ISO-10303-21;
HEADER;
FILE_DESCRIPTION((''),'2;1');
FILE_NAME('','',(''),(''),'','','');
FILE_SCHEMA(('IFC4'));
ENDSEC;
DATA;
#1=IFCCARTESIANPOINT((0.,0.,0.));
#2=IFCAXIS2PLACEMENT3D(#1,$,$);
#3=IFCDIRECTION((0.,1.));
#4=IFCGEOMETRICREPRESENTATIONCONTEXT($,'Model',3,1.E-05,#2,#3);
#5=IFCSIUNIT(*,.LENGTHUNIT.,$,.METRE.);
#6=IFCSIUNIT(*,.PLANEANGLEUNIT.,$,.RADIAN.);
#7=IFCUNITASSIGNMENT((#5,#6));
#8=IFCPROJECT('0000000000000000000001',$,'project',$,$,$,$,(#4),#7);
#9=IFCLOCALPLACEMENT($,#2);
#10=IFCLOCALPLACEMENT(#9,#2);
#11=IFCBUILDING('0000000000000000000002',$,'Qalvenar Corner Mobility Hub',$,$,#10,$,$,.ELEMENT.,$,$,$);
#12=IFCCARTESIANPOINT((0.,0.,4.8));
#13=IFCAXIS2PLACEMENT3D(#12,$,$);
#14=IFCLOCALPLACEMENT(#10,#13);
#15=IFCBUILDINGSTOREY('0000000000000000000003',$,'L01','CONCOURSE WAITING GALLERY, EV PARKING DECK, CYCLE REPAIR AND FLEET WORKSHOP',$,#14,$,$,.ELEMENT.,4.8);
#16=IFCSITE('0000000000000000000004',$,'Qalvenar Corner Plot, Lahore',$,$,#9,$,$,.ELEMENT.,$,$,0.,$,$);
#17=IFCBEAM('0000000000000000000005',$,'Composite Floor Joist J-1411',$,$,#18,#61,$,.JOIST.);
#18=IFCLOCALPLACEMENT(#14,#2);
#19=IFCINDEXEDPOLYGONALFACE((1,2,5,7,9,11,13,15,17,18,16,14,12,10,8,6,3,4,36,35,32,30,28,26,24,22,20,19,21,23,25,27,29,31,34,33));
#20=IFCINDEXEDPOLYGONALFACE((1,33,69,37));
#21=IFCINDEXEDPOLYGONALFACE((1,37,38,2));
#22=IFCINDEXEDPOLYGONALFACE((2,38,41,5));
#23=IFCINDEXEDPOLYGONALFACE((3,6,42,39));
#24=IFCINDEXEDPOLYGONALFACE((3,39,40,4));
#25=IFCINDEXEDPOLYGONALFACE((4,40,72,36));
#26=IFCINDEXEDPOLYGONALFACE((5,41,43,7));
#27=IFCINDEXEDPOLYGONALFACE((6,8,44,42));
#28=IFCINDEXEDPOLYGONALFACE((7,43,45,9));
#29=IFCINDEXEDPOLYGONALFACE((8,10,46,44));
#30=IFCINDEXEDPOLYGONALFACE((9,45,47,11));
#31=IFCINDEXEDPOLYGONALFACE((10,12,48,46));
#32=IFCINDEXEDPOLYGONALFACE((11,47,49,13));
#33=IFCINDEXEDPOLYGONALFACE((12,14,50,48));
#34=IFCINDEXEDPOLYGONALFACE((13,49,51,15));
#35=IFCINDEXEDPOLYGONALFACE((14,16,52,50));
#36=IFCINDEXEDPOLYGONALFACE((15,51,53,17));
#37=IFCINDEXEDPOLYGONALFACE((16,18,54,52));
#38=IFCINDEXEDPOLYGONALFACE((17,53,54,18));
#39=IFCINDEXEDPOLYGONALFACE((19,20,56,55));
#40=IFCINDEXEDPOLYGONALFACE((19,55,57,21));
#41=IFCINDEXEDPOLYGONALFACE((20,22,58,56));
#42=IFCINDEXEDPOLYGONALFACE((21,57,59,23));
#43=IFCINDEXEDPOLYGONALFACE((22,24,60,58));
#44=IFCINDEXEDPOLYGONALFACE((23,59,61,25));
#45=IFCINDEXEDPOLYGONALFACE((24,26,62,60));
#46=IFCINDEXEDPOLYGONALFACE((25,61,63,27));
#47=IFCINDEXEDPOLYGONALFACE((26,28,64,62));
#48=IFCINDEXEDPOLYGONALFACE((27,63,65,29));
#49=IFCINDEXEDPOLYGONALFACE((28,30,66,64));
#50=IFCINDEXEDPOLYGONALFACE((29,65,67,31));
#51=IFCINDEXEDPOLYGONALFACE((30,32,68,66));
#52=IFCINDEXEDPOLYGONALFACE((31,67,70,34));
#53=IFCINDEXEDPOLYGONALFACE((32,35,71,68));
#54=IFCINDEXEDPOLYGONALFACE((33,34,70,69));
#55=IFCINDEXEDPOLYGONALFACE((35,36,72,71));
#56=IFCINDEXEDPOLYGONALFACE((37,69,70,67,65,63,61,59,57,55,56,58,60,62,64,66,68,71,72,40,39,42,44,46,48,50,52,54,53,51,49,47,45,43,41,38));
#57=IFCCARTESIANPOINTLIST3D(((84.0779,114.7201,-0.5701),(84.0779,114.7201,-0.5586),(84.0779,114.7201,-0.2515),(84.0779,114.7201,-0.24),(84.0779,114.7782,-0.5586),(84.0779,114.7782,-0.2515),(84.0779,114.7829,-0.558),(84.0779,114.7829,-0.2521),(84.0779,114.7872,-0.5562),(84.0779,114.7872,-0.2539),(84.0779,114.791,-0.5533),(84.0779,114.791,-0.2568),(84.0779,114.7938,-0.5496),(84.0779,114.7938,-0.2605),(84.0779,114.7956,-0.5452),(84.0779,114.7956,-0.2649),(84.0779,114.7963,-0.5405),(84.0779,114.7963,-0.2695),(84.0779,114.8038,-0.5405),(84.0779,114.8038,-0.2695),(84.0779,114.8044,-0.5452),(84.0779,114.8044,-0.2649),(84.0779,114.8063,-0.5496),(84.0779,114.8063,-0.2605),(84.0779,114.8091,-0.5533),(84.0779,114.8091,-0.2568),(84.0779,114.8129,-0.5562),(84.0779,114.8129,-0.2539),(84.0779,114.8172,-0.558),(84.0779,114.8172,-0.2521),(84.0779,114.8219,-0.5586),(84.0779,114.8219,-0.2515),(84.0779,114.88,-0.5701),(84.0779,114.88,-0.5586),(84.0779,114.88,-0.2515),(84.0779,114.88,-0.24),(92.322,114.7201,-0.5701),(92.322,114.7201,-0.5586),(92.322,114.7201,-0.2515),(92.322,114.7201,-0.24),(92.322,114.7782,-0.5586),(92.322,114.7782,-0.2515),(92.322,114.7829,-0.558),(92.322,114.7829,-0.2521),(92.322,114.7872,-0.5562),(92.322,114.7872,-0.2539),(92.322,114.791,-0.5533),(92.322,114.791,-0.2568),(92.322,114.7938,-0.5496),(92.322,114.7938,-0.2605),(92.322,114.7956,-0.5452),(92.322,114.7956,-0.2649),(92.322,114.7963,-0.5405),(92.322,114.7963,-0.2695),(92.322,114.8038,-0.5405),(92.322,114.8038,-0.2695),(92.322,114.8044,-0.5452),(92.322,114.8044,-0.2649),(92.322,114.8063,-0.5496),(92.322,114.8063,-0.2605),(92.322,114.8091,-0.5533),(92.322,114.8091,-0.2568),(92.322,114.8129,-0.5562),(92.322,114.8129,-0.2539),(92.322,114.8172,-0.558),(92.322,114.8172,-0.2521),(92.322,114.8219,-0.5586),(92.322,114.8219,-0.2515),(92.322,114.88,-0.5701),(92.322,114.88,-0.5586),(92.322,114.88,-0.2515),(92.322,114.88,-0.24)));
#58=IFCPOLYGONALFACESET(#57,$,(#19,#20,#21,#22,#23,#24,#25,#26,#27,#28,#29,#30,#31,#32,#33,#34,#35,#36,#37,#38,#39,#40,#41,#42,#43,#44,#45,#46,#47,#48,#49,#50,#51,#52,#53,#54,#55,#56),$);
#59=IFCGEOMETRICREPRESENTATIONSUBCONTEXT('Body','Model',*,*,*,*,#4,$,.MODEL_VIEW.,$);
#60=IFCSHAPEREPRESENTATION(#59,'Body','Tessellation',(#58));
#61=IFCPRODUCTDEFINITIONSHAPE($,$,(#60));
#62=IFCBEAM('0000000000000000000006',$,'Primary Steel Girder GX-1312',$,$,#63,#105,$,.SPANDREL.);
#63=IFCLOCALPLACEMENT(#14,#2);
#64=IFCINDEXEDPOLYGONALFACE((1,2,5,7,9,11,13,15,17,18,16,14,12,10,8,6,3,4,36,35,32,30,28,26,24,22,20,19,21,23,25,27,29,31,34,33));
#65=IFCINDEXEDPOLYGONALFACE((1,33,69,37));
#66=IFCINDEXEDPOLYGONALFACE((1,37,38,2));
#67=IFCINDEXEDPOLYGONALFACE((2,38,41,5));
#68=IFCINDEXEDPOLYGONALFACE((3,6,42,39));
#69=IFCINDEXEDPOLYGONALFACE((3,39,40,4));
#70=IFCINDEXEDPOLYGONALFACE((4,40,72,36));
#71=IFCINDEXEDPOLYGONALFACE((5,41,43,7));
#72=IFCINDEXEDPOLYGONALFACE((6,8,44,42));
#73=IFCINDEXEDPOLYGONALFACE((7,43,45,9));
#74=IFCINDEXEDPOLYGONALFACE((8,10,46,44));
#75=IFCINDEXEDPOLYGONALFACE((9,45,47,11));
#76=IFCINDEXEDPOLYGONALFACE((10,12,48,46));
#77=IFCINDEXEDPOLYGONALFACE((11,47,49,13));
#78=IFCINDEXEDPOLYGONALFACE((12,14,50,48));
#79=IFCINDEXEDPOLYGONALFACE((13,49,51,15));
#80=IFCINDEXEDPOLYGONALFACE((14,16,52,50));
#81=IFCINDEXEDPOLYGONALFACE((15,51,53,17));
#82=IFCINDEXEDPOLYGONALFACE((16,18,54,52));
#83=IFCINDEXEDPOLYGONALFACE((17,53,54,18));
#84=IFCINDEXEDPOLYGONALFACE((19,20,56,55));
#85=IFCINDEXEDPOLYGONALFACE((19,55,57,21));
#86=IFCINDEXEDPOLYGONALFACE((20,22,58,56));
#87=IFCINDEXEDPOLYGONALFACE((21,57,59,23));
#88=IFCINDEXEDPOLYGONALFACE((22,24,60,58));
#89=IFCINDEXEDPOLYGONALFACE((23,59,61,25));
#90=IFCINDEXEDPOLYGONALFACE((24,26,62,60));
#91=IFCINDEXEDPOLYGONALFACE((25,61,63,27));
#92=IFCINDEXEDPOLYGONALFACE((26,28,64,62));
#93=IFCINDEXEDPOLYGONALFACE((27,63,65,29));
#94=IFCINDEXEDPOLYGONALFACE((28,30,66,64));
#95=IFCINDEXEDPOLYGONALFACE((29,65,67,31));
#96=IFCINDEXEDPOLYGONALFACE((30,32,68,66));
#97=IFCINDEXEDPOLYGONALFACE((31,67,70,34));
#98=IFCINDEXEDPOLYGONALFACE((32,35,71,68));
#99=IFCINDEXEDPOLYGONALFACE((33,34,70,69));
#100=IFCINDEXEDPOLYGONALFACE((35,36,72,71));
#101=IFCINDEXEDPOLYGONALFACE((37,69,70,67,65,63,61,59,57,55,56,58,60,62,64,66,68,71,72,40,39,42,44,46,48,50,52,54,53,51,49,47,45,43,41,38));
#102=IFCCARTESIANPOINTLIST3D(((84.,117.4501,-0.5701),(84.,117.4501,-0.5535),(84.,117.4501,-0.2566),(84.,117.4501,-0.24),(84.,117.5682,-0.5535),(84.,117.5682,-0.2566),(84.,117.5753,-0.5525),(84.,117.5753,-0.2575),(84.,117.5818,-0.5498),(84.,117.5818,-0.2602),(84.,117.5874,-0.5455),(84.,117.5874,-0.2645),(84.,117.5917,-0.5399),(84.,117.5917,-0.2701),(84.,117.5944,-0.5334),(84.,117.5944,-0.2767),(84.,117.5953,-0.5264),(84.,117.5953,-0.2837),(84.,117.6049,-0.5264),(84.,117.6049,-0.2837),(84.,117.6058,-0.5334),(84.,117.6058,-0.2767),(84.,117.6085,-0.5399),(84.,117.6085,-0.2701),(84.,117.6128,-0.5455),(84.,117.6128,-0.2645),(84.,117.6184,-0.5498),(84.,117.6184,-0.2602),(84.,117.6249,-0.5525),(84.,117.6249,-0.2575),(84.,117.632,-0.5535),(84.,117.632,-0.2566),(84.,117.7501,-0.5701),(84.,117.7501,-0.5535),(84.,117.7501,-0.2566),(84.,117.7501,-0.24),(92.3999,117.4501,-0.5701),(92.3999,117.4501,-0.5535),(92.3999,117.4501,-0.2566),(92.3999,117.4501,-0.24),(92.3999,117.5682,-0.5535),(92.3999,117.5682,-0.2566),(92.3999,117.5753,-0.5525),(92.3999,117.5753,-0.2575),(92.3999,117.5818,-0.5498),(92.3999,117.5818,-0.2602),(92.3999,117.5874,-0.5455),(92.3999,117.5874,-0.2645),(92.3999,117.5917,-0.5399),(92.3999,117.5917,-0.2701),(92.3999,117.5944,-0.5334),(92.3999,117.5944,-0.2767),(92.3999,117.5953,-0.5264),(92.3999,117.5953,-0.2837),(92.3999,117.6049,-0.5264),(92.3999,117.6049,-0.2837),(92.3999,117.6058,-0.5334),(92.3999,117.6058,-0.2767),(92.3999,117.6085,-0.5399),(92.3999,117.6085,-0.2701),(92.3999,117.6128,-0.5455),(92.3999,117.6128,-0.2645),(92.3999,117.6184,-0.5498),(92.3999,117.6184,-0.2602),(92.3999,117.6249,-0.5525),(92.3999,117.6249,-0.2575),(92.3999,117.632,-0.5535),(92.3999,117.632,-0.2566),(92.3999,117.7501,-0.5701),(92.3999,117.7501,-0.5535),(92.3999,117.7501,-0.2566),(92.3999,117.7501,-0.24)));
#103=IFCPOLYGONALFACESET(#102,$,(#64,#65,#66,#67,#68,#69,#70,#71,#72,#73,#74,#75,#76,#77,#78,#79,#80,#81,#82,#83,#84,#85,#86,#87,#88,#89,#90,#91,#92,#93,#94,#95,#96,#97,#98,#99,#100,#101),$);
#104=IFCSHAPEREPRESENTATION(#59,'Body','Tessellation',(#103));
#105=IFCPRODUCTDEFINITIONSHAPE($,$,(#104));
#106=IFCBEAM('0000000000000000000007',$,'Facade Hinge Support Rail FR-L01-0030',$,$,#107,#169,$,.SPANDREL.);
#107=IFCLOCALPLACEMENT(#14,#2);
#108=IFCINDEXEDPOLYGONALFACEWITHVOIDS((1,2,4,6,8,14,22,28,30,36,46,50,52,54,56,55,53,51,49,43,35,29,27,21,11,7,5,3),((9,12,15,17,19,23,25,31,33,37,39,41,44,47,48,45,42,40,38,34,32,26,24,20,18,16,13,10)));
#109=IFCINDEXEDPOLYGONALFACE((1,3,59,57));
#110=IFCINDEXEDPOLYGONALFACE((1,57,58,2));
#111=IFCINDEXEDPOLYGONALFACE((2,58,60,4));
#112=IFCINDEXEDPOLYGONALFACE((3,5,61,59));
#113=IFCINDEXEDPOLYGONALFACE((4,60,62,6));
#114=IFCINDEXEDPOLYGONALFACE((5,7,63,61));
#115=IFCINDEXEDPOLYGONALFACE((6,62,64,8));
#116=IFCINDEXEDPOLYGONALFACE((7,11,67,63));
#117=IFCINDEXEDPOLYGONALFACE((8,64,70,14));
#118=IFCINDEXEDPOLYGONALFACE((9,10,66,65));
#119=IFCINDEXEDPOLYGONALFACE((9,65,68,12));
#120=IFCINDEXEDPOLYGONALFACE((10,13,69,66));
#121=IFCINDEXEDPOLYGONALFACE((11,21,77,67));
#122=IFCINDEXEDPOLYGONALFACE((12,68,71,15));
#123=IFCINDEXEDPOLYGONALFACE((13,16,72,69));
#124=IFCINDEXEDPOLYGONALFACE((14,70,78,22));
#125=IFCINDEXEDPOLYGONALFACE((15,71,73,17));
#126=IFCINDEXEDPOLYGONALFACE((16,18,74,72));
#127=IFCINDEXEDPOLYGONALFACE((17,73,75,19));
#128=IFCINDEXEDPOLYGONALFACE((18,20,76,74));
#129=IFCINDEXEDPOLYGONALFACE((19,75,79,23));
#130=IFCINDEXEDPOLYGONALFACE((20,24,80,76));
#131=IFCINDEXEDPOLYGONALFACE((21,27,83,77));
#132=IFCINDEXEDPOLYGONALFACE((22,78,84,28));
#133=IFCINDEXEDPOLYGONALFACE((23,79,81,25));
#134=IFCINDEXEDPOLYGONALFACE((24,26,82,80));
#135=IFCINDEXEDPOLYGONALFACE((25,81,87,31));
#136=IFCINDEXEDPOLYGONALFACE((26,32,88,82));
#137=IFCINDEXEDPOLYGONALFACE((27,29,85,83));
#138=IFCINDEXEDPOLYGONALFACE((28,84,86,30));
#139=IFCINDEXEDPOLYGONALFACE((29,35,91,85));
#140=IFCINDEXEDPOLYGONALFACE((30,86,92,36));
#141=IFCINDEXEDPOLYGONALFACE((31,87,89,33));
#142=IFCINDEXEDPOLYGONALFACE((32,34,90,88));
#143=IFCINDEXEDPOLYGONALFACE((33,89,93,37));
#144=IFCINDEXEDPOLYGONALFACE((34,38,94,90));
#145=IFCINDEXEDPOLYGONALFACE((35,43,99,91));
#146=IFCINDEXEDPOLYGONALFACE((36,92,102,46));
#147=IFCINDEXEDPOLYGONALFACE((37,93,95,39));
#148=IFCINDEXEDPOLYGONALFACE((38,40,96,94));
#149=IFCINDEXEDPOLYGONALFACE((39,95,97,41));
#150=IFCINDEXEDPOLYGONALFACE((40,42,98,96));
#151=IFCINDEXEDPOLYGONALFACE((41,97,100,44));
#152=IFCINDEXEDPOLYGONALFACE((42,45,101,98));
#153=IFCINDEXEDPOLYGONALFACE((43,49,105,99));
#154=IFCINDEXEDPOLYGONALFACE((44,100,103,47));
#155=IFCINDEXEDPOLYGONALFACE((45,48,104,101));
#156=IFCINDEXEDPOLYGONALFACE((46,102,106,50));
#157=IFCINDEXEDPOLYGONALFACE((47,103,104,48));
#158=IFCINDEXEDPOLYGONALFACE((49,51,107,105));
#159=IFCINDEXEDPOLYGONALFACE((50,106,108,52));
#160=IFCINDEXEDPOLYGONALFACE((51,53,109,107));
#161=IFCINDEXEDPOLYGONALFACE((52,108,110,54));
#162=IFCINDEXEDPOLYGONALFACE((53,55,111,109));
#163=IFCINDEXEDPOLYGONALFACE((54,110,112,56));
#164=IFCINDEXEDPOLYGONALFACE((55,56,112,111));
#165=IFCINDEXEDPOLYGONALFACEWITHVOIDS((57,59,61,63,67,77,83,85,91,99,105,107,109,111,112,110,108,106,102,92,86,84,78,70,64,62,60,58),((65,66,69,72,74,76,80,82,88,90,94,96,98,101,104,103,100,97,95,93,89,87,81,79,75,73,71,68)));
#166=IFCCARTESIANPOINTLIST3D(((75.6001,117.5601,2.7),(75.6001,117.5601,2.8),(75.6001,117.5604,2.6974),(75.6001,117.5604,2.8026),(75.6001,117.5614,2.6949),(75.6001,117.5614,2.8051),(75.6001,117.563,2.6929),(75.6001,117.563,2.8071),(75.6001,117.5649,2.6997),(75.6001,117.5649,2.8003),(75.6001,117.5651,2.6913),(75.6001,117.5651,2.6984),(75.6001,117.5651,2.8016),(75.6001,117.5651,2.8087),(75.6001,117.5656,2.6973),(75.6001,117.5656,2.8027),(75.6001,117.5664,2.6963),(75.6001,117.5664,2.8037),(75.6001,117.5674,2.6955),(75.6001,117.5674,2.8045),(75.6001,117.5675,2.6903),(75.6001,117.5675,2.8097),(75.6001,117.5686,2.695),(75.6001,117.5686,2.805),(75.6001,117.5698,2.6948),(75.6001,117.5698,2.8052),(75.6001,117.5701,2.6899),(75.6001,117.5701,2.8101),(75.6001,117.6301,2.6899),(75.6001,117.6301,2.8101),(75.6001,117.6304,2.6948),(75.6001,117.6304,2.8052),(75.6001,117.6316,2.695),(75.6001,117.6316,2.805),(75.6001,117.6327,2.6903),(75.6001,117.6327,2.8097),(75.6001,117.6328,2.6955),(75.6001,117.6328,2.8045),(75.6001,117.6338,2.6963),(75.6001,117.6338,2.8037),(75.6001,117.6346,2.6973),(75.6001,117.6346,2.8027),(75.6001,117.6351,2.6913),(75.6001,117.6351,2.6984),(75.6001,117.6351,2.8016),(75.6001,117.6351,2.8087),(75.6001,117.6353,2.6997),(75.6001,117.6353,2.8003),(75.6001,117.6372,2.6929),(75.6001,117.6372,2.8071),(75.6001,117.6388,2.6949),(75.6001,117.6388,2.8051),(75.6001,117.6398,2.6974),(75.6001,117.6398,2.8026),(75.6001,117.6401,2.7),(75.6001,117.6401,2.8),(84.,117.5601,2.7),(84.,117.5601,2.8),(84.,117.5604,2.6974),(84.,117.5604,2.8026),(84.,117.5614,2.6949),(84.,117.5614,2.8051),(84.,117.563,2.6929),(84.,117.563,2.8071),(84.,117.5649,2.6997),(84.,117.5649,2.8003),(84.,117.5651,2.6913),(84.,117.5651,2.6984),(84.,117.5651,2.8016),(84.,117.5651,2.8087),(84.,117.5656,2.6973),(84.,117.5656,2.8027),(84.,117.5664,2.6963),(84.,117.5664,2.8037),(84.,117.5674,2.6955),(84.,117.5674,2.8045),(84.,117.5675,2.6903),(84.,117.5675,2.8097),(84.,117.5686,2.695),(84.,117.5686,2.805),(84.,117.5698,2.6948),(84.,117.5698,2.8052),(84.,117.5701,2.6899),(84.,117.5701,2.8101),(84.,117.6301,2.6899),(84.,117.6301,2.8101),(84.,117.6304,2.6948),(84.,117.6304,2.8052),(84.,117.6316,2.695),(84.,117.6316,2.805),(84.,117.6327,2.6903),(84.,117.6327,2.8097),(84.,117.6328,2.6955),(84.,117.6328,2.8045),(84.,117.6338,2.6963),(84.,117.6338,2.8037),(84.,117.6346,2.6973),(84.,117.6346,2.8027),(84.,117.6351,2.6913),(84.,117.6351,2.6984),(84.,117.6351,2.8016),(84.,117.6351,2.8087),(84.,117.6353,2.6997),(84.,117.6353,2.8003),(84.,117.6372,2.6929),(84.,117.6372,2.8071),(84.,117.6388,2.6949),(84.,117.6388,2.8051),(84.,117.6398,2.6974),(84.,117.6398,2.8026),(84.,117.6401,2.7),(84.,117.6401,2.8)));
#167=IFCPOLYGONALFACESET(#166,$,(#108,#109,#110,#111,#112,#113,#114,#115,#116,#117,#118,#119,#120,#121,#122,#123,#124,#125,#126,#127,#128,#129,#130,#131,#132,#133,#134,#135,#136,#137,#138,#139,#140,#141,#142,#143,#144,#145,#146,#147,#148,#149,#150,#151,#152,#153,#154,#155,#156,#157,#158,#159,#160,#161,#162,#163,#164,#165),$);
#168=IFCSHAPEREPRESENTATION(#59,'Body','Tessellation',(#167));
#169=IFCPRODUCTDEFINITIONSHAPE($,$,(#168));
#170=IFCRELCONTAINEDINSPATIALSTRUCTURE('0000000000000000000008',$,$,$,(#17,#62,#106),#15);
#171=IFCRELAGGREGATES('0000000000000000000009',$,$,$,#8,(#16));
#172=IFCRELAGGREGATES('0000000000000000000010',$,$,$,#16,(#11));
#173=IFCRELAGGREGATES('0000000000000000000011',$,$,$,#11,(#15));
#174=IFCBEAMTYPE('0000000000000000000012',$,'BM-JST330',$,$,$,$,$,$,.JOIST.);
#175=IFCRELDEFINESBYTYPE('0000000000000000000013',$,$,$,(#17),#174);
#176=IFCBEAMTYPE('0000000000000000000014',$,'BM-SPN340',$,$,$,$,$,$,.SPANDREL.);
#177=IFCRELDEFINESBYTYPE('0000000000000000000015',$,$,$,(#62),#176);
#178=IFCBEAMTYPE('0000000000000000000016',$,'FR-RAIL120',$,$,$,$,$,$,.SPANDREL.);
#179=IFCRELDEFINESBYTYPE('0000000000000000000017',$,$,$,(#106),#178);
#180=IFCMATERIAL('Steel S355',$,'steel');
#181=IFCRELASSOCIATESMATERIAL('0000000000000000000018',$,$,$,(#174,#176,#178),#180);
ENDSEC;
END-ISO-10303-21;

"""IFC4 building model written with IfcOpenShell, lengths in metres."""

from ifc_helpers import new_model, si_unit, direction, frame, origin, origin_2d, place, context, subcontext, project, spatial, hollow_rectangle, i_section, extrude, material, material_profile, profile_set, type_object, element, save


model = new_model("IFC4")

# Units and contexts
model_context = context("Model", 3, precision=1e-05, world=origin(), true_north=direction((0.0, 1.0)))
body_context = subcontext(model_context, "Body", "Model", "MODEL_VIEW")
ifc_project = project(units=[si_unit("LENGTHUNIT", "METRE"), si_unit("PLANEANGLEUNIT", "RADIAN")], contexts=[model_context])

# Site, building, storey
site_placement = place(None, origin())
site = spatial("IfcSite", under=ifc_project, at=site_placement, Name="Qalvenar Corner Plot, Lahore", CompositionType="ELEMENT", RefElevation=0.0)
building_placement = place(site_placement, origin())
building = spatial("IfcBuilding", under=site, at=building_placement, Name="Qalvenar Corner Mobility Hub", CompositionType="ELEMENT")
storey_placement = place(building_placement, frame((0.0, 0.0, 4.8)))
storey = spatial("IfcBuildingStorey", under=building, at=storey_placement, Name="L01", Description="CONCOURSE WAITING GALLERY, EV PARKING DECK, CYCLE REPAIR AND FLEET WORKSHOP", CompositionType="ELEMENT", Elevation=4.8)

# Shared definitions
ifc_material = material(Name="Steel S355", Category="steel")

# Beams
ifc_material_profile_1 = material_profile(ifc_material, i_section(OverallWidth=0.1599, OverallDepth=0.3301, WebThickness=0.0076, FlangeThickness=0.0115, FilletRadius=0.0181, at=origin_2d()), Name="IPE330")
ifc_profile_set_1 = profile_set([ifc_material_profile_1], Name="Steel S355")
beam_type_1 = type_object("IfcBeamType", Name="BM-JST330", PredefinedType="JOIST", material=ifc_profile_set_1)
for number, where, z_axis, x_axis, name in (
    (1, (84.0779, 114.8, -0.405), (1.0, 0.0, 0.0), (0.0, 1.0, 0.0), "Composite Floor Joist J-1411"),
):
    element("IfcBeam", number, at=place(storey_placement, frame(where, z_axis=z_axis, x_axis=x_axis)), inside=storey, type_object=beam_type_1, Name=name, PredefinedType="JOIST", context=body_context, shape_type="SweptSolid", body=[
        extrude(i_section(OverallWidth=0.1599, OverallDepth=0.3301, WebThickness=0.0076, FlangeThickness=0.0115, FilletRadius=0.0181, at=origin_2d()), origin(), (0.0, 0.0, 1.0), 8.2441),
    ])
ifc_material_profile_2 = material_profile(ifc_material, i_section(OverallWidth=0.3, OverallDepth=0.3301, WebThickness=0.0095, FlangeThickness=0.0166, FilletRadius=0.0271, at=origin_2d()), Name="HEA340")
ifc_profile_set_2 = profile_set([ifc_material_profile_2], Name="Steel S355")
beam_type_2 = type_object("IfcBeamType", Name="BM-SPN340", PredefinedType="SPANDREL", material=ifc_profile_set_2)
beam_1_placement = place(storey_placement, frame((84.0, 117.6001, -0.405), z_axis=(1.0, 0.0, 0.0), x_axis=(0.0, 1.0, 0.0)))
element("IfcBeam", 2, at=beam_1_placement, inside=storey, type_object=beam_type_2, Name="Primary Steel Girder GX-1312", PredefinedType="SPANDREL", context=body_context, shape_type="SweptSolid", body=[
    extrude(i_section(OverallWidth=0.3, OverallDepth=0.3301, WebThickness=0.0095, FlangeThickness=0.0166, FilletRadius=0.0271, at=origin_2d()), origin(), (0.0, 0.0, 1.0), 8.3999),
])
ifc_material_profile_3 = material_profile(ifc_material, hollow_rectangle(XDim=0.0801, YDim=0.1201, WallThickness=0.0049, InnerFilletRadius=0.0049, OuterFilletRadius=0.01, at=origin_2d()), Name="RHS120x80x5")
ifc_profile_set_3 = profile_set([ifc_material_profile_3], Name="Steel S355")
beam_type_3 = type_object("IfcBeamType", Name="FR-RAIL120", PredefinedType="SPANDREL", material=ifc_profile_set_3)
beam_2_placement = place(storey_placement, frame((84.0, 117.6001, 2.75), z_axis=(-1.0, 0.0, 0.0), x_axis=(0.0, -1.0, 0.0)))
element("IfcBeam", 3, at=beam_2_placement, inside=storey, type_object=beam_type_3, Name="Facade Hinge Support Rail FR-L01-0030", PredefinedType="SPANDREL", context=body_context, shape_type="SweptSolid", body=[
    extrude(hollow_rectangle(XDim=0.0801, YDim=0.1201, WallThickness=0.0049, InnerFilletRadius=0.0049, OuterFilletRadius=0.01, at=origin_2d()), origin(), (0.0, 0.0, 1.0), 8.3999),
])

save(model, "model.ifc")
